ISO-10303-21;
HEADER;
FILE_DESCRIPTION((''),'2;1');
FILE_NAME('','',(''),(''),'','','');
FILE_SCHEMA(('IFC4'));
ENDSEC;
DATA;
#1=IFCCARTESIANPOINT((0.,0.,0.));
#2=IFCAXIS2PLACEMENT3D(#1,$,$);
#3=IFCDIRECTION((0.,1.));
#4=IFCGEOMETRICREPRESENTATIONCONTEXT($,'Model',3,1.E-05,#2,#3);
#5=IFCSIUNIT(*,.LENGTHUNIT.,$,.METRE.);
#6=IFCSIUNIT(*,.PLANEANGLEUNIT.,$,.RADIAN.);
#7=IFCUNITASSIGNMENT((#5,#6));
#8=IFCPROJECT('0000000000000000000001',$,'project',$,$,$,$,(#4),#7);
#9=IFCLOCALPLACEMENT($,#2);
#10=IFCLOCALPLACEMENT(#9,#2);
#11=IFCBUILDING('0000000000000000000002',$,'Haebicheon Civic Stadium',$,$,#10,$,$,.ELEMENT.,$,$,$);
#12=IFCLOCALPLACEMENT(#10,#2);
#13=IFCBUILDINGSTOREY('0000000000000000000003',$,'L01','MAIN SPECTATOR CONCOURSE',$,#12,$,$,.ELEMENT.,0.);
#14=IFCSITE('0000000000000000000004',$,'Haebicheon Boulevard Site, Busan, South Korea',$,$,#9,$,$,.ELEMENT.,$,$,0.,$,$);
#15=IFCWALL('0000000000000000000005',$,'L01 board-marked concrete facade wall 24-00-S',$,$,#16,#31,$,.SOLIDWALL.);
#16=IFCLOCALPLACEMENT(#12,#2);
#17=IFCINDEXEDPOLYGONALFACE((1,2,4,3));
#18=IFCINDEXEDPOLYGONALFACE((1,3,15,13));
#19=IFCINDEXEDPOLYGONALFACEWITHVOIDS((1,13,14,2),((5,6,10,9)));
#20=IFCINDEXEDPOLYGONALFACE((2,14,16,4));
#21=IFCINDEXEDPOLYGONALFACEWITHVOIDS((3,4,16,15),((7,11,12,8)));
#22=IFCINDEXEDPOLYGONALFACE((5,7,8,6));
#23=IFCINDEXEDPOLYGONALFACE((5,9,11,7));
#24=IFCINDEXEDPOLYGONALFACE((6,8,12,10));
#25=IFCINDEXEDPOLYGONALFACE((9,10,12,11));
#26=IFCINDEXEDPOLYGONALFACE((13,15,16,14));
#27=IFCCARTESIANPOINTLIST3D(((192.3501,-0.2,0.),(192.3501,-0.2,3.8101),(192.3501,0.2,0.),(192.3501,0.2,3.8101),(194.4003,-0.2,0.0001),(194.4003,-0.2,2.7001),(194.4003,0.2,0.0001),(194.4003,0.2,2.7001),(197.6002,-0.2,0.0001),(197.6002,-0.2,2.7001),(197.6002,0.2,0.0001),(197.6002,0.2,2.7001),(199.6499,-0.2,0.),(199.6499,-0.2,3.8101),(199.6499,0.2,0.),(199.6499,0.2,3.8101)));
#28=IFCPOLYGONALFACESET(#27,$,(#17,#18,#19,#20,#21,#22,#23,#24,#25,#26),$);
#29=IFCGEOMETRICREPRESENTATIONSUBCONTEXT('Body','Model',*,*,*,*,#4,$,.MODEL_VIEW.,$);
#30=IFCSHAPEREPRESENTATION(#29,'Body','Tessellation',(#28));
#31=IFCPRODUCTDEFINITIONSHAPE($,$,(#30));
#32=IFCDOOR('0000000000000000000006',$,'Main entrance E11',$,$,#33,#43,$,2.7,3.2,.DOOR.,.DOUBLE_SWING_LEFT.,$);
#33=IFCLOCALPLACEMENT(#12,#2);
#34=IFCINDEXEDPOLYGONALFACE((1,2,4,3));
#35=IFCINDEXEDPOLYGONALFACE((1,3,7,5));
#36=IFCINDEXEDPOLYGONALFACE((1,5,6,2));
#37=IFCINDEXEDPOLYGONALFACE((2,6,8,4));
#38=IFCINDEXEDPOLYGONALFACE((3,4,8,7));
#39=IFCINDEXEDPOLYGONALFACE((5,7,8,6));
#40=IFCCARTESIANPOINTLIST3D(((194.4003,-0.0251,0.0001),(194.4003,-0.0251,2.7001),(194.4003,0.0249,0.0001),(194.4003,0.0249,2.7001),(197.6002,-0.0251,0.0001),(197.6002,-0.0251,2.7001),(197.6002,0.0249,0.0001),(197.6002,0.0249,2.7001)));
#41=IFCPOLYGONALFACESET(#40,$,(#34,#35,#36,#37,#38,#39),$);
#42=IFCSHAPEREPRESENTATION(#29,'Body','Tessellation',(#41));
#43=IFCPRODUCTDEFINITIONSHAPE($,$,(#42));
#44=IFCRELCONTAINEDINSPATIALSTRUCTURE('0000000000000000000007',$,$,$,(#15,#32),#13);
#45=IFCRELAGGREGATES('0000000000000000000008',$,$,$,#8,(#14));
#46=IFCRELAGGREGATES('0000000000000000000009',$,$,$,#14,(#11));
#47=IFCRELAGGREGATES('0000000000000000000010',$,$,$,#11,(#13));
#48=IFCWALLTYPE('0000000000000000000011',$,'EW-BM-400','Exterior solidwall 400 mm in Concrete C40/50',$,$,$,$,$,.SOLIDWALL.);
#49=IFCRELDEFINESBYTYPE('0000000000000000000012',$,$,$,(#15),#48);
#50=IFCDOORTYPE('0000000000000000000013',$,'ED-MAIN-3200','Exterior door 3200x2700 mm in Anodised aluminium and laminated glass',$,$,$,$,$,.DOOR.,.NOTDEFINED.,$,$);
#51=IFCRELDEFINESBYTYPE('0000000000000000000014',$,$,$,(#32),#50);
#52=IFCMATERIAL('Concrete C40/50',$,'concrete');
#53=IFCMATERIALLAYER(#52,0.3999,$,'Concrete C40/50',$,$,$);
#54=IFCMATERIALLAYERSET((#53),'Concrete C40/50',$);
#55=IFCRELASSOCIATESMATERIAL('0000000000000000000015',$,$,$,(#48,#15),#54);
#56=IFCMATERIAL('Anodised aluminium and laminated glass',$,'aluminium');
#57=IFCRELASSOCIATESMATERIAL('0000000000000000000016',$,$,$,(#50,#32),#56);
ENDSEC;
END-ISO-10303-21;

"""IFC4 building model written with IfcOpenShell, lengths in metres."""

from ifc_helpers import new_model, si_unit, direction, frame, frame_2d, origin, place, context, subcontext, project, spatial, rectangle, extrude, material, layer, layer_set, type_object, element, fill, save


model = new_model("IFC4")

# Units and contexts
model_context = context("Model", 3, precision=1e-05, world=origin(), true_north=direction((0.0, 1.0)))
body_context = subcontext(model_context, "Body", "Model", "MODEL_VIEW")
ifc_project = project(units=[si_unit("LENGTHUNIT", "METRE"), si_unit("PLANEANGLEUNIT", "RADIAN")], contexts=[model_context])

# Site, building, storey
site_placement = place(None, origin())
site = spatial("IfcSite", under=ifc_project, at=site_placement, Name="Haebicheon Boulevard Site, Busan, South Korea", CompositionType="ELEMENT", RefElevation=0.0)
building_placement = place(site_placement, origin())
building = spatial("IfcBuilding", under=site, at=building_placement, Name="Haebicheon Civic Stadium", CompositionType="ELEMENT")
storey_placement = place(building_placement, origin())
storey = spatial("IfcBuildingStorey", under=building, at=storey_placement, Name="L01", Description="MAIN SPECTATOR CONCOURSE", CompositionType="ELEMENT", Elevation=0.0)

# Wall, opening, door
ifc_material_1 = material(Name="Concrete C40/50", Category="concrete")
ifc_layer = layer(ifc_material_1, 0.3999, Name="Concrete C40/50")
ifc_layer_set = layer_set([ifc_layer], Name="Concrete C40/50")
wall_type = type_object("IfcWallType", Name="EW-BM-400", Description="Exterior solidwall 400 mm in Concrete C40/50", PredefinedType="SOLIDWALL", material=ifc_layer_set)
wall_1_placement = place(storey_placement, frame((192.3501, 0.0, 0.0), z_axis=(0.0, 0.0, 1.0), x_axis=(1.0, 0.0, 0.0)))
wall_1 = element("IfcWall", 1, at=wall_1_placement, inside=storey, type_object=wall_type, material=ifc_layer_set, Name="L01 board-marked concrete facade wall 24-00-S", PredefinedType="SOLIDWALL", context=body_context, shape_type="SweptSolid", body=[
    extrude(rectangle(XDim=7.2998, YDim=0.3999, at=frame_2d((3.6499, 0.0))), origin(), (0.0, 0.0, 1.0), 3.8101),
])
opening_1_placement = place(wall_1_placement, frame((2.05, 0.0, 0.0)))
opening_1 = element("IfcOpeningElement", 2, at=opening_1_placement, cuts=wall_1, PredefinedType="OPENING", context=body_context, shape_type="SweptSolid", body=[
    extrude(rectangle(XDim=3.2, YDim=2.7, at=frame_2d((1.6001, 1.3501))), frame((0.0, 0.21, 0.0), z_axis=(0.0, -1.0, 0.0), x_axis=(1.0, 0.0, 0.0)), (0.0, 0.0, 1.0), 0.4199),
])
ifc_material_2 = material(Name="Anodised aluminium and laminated glass", Category="aluminium")
door_type_1 = type_object("IfcDoorType", Name="ED-MAIN-3200", Description="Exterior door 3200x2700 mm in Anodised aluminium and laminated glass", OperationType="NOTDEFINED", PredefinedType="DOOR", material=ifc_material_2)
door_1_placement = place(opening_1_placement, origin())
door_1 = element("IfcDoor", 3, at=door_1_placement, inside=storey, type_object=door_type_1, material=ifc_material_2, Name="Main entrance E11", OperationType="DOUBLE_SWING_LEFT", OverallHeight=2.7, OverallWidth=3.2, PredefinedType="DOOR", context=body_context, shape_type="SweptSolid", body=[
    extrude(rectangle(XDim=3.2, YDim=2.7, at=frame_2d((1.6001, 1.3501))), frame((0.0, 0.0249, 0.0), z_axis=(0.0, -1.0, 0.0), x_axis=(1.0, 0.0, 0.0)), (0.0, 0.0, 1.0), 0.05),
])
fill(opening_1, door_1)

save(model, "model.ifc")
